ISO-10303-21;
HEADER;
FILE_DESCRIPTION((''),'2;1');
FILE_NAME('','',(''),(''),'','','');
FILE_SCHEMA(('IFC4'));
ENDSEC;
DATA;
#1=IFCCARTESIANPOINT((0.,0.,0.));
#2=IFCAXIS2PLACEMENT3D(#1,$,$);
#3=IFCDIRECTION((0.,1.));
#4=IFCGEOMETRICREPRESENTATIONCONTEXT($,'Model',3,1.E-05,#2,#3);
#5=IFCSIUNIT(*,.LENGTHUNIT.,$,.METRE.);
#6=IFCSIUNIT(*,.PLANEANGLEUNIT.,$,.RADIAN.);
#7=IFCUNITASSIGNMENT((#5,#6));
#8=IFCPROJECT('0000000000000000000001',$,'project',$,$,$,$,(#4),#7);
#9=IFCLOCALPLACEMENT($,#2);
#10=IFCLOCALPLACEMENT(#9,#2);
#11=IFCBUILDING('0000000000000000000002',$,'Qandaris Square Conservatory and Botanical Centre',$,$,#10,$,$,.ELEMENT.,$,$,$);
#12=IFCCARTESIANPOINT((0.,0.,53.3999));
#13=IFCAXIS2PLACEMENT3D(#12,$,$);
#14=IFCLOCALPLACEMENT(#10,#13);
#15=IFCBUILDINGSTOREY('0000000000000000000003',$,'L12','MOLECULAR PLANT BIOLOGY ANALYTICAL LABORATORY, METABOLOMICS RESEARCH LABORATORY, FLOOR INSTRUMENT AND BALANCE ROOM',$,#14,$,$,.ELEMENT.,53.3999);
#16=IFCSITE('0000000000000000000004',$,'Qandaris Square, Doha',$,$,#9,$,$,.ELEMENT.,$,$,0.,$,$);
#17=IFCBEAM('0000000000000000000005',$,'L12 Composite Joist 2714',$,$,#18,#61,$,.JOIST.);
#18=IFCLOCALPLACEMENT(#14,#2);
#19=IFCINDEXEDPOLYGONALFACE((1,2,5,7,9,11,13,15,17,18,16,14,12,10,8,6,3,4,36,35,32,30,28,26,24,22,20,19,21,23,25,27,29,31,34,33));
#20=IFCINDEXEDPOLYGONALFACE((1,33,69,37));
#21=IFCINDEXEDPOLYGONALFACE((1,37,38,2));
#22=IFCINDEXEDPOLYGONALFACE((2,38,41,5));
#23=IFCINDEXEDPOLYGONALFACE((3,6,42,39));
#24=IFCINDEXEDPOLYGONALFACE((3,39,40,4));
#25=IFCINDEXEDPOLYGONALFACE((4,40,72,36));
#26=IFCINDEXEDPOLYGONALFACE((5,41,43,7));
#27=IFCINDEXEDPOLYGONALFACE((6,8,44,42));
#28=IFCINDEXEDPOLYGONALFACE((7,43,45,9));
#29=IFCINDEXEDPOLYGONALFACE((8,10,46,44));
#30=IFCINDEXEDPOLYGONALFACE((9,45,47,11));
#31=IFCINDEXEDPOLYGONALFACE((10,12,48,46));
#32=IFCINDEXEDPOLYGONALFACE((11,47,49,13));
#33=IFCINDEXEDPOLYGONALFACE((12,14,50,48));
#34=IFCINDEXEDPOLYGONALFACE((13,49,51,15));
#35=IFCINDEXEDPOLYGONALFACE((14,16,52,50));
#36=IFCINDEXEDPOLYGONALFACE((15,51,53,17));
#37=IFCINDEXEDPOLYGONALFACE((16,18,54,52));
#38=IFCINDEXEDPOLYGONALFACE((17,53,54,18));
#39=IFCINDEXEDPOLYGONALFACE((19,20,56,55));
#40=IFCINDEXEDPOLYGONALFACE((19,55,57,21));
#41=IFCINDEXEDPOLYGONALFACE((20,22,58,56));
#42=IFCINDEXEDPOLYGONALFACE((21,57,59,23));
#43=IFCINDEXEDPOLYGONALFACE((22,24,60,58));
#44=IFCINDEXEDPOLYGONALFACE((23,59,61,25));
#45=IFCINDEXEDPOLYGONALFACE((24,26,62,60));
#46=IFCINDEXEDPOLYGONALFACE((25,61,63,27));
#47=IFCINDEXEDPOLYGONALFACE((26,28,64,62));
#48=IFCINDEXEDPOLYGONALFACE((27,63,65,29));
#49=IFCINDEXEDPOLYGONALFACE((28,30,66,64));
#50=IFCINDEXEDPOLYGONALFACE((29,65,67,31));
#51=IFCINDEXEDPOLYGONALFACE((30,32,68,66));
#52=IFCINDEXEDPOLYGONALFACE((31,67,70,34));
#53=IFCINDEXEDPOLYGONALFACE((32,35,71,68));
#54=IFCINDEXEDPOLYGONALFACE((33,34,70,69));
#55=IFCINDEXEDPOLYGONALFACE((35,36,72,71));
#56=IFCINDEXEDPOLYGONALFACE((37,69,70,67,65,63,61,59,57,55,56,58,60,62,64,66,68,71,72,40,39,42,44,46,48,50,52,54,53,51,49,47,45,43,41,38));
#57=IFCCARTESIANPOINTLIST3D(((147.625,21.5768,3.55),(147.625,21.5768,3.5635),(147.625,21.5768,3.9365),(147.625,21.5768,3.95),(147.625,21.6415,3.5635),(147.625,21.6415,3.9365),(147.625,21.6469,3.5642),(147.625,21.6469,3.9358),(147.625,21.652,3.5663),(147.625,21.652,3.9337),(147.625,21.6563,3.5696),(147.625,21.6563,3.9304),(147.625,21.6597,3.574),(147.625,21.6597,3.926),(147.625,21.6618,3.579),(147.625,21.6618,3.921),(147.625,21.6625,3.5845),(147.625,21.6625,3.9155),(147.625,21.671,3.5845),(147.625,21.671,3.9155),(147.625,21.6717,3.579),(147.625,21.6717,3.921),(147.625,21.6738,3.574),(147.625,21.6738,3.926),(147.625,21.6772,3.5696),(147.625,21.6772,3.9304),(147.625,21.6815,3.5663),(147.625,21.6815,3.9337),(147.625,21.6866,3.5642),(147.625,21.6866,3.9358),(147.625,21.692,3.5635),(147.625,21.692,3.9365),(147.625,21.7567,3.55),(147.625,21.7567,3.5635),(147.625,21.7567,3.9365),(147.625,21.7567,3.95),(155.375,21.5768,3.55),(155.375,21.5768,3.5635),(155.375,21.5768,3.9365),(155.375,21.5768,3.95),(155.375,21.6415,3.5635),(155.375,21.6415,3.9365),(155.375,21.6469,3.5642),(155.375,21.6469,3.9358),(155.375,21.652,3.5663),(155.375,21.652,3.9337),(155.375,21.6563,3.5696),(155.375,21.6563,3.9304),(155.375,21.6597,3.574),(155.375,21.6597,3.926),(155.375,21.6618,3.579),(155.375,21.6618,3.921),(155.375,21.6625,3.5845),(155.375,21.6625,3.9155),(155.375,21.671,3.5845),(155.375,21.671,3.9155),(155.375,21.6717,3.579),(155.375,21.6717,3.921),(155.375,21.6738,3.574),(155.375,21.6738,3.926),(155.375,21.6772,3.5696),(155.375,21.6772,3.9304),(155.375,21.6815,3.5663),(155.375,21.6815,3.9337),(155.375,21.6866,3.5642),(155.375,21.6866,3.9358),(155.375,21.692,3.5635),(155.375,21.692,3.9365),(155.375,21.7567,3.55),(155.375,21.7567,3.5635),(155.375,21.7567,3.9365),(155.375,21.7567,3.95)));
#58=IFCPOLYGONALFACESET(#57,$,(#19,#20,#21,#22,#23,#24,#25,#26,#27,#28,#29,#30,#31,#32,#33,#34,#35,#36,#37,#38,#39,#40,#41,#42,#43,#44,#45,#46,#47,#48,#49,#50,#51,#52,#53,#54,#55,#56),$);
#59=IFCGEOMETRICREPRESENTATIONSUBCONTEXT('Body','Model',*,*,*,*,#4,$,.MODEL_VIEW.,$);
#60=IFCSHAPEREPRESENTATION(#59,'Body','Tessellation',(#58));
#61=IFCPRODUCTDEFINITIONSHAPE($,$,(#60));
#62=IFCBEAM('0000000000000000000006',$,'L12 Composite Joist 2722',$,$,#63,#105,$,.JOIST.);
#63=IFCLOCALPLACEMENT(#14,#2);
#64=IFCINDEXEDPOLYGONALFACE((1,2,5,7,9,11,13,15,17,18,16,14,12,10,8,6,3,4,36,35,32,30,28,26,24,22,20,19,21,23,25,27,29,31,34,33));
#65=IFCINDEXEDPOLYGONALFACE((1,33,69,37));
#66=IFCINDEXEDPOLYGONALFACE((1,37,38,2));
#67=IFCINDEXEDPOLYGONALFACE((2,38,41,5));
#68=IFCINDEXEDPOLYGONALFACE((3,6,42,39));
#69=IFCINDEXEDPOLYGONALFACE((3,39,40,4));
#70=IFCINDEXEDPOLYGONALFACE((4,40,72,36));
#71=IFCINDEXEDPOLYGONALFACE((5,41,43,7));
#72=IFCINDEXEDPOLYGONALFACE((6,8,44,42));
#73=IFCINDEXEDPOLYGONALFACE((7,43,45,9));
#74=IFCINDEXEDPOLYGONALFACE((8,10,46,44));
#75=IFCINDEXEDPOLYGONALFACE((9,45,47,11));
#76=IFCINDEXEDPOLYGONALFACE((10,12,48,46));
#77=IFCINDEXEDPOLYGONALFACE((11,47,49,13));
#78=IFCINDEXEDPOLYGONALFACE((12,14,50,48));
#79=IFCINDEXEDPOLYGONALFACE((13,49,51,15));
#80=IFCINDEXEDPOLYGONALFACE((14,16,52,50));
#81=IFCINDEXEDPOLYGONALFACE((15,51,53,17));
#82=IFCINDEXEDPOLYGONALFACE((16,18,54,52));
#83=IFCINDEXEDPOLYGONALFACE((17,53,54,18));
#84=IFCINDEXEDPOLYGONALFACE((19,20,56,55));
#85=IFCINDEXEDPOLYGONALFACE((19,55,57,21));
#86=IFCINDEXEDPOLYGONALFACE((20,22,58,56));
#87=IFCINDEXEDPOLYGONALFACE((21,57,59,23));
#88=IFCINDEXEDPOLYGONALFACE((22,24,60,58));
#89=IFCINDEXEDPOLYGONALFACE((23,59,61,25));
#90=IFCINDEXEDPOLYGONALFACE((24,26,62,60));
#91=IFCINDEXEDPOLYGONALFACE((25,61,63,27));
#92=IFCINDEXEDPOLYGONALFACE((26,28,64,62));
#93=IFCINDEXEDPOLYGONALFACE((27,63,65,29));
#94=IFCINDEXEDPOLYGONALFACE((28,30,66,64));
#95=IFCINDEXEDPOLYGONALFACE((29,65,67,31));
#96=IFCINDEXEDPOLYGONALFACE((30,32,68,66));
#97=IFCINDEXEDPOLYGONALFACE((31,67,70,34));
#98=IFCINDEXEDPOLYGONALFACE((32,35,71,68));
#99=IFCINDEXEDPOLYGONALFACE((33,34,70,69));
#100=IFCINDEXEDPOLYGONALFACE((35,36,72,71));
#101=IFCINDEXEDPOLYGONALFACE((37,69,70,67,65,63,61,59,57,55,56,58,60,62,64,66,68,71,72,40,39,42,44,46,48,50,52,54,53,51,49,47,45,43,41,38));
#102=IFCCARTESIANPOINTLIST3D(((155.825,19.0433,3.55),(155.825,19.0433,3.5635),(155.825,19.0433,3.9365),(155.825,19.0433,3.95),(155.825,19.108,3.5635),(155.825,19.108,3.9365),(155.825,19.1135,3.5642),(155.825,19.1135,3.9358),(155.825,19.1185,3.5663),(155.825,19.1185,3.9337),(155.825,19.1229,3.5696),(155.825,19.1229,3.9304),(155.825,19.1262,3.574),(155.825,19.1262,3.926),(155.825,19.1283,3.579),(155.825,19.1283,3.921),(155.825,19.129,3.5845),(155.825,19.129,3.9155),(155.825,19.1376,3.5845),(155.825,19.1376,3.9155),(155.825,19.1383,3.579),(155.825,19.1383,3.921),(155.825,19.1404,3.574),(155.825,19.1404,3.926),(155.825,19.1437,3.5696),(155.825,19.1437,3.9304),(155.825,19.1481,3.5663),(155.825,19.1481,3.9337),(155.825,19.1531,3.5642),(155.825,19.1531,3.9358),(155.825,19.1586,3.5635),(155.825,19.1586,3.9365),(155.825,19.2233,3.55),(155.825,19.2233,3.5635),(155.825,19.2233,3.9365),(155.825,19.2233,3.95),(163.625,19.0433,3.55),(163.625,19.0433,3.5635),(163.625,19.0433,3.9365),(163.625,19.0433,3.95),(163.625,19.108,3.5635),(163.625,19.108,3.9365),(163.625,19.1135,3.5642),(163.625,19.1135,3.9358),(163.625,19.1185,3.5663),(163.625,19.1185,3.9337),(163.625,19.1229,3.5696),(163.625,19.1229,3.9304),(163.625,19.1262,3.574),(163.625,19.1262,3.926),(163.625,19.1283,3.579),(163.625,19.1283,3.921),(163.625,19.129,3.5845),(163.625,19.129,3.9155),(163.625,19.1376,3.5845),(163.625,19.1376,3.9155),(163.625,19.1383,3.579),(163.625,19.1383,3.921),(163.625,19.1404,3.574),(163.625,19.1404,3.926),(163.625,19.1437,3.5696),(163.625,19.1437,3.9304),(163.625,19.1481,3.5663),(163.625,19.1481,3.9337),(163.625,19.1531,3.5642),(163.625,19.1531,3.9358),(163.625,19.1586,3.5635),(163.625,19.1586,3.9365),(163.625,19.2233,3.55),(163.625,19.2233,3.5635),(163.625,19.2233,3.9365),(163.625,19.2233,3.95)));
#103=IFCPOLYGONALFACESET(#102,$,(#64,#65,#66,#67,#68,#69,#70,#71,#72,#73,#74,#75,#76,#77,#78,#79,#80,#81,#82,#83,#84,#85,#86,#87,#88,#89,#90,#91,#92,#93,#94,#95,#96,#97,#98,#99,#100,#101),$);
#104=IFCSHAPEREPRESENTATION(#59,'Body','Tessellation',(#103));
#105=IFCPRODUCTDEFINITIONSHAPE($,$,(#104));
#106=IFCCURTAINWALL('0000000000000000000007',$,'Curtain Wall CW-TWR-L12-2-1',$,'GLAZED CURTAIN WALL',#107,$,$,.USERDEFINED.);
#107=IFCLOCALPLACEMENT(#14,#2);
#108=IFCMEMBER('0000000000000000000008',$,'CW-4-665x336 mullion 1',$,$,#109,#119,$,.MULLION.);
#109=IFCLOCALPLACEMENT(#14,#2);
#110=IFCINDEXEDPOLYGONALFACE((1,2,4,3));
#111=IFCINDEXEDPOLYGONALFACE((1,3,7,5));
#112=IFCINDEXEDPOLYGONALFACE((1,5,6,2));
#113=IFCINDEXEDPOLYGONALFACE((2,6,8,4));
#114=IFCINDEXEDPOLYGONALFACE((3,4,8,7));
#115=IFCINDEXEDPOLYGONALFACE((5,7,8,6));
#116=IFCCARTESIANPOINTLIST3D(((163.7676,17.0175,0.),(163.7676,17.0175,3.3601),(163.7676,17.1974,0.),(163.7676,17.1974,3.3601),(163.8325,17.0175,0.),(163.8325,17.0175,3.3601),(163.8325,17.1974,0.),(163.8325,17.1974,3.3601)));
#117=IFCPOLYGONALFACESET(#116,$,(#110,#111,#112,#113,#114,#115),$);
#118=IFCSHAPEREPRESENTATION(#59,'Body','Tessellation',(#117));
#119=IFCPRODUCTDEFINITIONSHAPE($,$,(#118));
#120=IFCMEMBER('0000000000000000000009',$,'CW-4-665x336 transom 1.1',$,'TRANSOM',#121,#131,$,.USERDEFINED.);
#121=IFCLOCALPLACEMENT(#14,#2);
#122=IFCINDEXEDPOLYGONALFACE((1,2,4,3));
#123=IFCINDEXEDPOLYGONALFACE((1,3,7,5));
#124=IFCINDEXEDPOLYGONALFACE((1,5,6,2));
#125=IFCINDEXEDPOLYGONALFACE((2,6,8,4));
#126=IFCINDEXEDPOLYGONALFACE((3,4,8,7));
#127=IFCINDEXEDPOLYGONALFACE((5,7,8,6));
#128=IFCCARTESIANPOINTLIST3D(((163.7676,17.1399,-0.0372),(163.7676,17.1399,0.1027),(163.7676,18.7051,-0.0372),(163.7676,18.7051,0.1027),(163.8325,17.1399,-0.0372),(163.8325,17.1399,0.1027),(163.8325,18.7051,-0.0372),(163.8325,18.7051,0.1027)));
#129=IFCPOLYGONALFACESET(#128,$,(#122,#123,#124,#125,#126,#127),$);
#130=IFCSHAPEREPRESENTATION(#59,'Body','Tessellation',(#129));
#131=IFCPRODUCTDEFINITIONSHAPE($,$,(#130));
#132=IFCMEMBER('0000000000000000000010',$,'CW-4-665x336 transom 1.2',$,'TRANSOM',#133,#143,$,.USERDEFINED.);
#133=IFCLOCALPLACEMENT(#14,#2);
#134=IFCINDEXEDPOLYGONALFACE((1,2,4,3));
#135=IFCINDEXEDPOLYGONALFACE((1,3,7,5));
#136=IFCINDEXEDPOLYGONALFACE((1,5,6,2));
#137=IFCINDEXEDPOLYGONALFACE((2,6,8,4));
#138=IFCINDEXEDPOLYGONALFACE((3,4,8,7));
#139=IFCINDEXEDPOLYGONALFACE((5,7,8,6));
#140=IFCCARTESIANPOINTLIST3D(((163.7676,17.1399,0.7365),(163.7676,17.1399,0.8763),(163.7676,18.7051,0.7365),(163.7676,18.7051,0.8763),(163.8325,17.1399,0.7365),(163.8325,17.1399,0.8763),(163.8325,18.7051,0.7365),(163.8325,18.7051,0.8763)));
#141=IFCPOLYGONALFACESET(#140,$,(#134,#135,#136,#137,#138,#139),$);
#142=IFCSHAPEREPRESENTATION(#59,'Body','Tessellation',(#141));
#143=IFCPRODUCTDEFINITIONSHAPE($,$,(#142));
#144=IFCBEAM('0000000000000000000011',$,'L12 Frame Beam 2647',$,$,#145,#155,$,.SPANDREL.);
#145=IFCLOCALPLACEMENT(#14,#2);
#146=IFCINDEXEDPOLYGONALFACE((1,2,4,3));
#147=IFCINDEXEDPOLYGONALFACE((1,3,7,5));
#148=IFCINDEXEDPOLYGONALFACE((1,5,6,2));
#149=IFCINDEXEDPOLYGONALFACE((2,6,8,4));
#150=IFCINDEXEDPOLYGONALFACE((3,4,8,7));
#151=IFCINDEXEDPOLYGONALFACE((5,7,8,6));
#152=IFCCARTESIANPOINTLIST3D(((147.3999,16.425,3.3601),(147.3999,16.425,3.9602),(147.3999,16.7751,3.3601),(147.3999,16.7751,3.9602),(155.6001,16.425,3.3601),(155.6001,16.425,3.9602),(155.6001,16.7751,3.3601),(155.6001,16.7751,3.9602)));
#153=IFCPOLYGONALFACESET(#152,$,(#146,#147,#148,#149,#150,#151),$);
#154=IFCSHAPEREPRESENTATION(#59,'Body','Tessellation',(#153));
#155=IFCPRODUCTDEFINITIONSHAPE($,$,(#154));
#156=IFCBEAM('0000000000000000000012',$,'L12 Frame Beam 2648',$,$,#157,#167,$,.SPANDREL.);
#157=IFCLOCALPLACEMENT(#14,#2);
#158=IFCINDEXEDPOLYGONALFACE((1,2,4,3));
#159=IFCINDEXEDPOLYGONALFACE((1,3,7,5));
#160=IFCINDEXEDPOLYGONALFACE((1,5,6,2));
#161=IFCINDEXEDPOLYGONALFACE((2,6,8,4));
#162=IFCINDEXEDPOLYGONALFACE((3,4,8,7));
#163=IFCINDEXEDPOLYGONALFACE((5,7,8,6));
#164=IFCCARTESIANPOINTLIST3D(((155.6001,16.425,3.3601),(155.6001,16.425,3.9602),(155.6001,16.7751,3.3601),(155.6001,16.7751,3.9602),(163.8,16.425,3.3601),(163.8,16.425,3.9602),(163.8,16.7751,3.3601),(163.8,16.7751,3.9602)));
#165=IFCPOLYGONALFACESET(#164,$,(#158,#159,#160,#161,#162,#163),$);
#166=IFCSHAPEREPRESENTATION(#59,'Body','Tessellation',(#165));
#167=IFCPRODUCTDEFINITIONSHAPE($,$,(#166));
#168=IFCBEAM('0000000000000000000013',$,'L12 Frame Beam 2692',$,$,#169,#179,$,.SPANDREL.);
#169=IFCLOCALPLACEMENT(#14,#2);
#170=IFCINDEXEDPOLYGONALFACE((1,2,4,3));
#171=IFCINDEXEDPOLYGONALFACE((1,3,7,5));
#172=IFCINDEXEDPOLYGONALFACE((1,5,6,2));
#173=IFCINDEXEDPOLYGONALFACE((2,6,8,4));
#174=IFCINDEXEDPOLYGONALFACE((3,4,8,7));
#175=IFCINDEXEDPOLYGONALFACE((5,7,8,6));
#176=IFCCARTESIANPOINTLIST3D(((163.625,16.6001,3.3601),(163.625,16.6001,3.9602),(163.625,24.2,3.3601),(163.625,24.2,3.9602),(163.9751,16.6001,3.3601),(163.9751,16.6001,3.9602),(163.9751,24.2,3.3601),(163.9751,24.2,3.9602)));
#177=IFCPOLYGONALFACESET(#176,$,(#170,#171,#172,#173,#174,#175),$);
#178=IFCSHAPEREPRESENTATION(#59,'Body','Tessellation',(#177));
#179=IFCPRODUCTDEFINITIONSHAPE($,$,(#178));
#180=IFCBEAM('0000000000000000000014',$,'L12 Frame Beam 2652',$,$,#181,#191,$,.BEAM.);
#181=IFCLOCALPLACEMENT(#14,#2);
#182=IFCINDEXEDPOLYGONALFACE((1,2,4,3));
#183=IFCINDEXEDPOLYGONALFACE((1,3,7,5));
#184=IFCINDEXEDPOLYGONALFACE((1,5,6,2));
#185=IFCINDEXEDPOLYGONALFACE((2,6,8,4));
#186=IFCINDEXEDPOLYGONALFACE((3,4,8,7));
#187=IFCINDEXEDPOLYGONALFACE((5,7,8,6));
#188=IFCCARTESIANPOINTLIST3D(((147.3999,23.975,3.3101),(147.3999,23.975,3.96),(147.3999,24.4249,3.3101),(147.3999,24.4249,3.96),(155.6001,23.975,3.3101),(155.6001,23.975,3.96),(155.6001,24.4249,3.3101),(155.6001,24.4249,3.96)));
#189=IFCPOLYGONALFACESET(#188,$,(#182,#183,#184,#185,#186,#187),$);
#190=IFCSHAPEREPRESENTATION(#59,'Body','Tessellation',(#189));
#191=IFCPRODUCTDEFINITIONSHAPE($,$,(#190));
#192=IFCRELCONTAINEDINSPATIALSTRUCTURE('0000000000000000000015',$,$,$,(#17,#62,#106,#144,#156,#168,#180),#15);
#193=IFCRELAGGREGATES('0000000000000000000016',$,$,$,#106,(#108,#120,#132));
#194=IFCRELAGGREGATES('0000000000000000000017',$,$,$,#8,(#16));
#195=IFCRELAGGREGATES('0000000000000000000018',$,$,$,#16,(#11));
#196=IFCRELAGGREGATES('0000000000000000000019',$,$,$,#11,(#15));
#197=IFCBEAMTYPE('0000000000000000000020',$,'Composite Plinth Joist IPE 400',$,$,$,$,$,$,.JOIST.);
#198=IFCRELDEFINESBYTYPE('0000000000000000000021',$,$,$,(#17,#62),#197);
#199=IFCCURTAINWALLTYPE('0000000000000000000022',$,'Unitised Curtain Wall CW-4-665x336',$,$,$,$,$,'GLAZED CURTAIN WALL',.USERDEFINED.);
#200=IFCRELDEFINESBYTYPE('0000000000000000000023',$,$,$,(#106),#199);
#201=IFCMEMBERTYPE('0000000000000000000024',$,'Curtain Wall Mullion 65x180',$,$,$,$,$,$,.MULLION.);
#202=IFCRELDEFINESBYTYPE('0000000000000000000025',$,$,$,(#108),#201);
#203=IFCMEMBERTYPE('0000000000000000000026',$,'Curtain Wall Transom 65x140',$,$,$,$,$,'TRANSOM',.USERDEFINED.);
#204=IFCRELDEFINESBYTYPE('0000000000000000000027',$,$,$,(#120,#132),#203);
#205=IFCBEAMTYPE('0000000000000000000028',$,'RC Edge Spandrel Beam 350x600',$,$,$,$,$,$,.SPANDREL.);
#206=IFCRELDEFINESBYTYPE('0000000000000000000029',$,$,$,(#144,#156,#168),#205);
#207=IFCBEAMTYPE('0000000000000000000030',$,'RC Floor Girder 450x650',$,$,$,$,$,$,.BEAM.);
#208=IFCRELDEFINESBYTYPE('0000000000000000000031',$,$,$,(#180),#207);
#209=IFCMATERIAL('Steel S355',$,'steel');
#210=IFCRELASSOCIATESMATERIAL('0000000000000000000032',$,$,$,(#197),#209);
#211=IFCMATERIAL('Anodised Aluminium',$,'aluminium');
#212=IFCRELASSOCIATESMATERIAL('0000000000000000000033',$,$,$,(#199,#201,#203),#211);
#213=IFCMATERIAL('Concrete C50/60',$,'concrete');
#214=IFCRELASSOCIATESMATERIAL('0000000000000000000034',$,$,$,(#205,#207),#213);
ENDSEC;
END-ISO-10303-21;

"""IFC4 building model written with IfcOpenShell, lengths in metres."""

from ifc_helpers import new_model, si_unit, direction, frame, origin, origin_2d, place, context, subcontext, project, spatial, rectangle, i_section, extrude, material, material_profile, profile_set, type_object, element, aggregate, save


model = new_model("IFC4")

# Units and contexts
model_context = context("Model", 3, precision=1e-05, world=origin(), true_north=direction((0.0, 1.0)))
body_context = subcontext(model_context, "Body", "Model", "MODEL_VIEW")
ifc_project = project(units=[si_unit("LENGTHUNIT", "METRE"), si_unit("PLANEANGLEUNIT", "RADIAN")], contexts=[model_context])

# Site, building, storey
site_placement = place(None, origin())
site = spatial("IfcSite", under=ifc_project, at=site_placement, Name="Qandaris Square, Doha", CompositionType="ELEMENT", RefElevation=0.0)
building_placement = place(site_placement, origin())
building = spatial("IfcBuilding", under=site, at=building_placement, Name="Qandaris Square Conservatory and Botanical Centre", CompositionType="ELEMENT")
storey_placement = place(building_placement, frame((0.0, 0.0, 53.3999)))
storey = spatial("IfcBuildingStorey", under=building, at=storey_placement, Name="L12", Description="MOLECULAR PLANT BIOLOGY ANALYTICAL LABORATORY, METABOLOMICS RESEARCH LABORATORY, FLOOR INSTRUMENT AND BALANCE ROOM", CompositionType="ELEMENT", Elevation=53.3999)

# Shared definitions
ifc_material_1 = material(Name="Concrete C50/60", Category="concrete")

# Beams
ifc_material_2 = material(Name="Steel S355", Category="steel")
ifc_material_profile_1 = material_profile(ifc_material_2, i_section(OverallWidth=0.1799, OverallDepth=0.3999, WebThickness=0.0085, FlangeThickness=0.0134, FilletRadius=0.021, at=origin_2d()), Name="IPE 400")
ifc_profile_set_1 = profile_set([ifc_material_profile_1], Name="Steel S355")
beam_type_1 = type_object("IfcBeamType", Name="Composite Plinth Joist IPE 400", PredefinedType="JOIST", material=ifc_profile_set_1)
beam_1_placement = place(storey_placement, frame((147.625, 21.6667, 3.75), z_axis=(1.0, 0.0, 0.0), x_axis=(0.0, 1.0, 0.0)))
element("IfcBeam", 1, at=beam_1_placement, inside=storey, type_object=beam_type_1, Name="L12 Composite Joist 2714", PredefinedType="JOIST", context=body_context, shape_type="SweptSolid", body=[
    extrude(i_section(OverallWidth=0.1799, OverallDepth=0.3999, WebThickness=0.0085, FlangeThickness=0.0134, FilletRadius=0.021, at=origin_2d()), origin(), (0.0, 0.0, 1.0), 7.75),
])
beam_2_placement = place(storey_placement, frame((155.825, 19.1333, 3.75), z_axis=(1.0, 0.0, 0.0), x_axis=(0.0, 1.0, 0.0)))
element("IfcBeam", 2, at=beam_2_placement, inside=storey, type_object=beam_type_1, Name="L12 Composite Joist 2722", PredefinedType="JOIST", context=body_context, shape_type="SweptSolid", body=[
    extrude(i_section(OverallWidth=0.1799, OverallDepth=0.3999, WebThickness=0.0085, FlangeThickness=0.0134, FilletRadius=0.021, at=origin_2d()), origin(), (0.0, 0.0, 1.0), 7.8),
])

# Curtain wall, members
ifc_material_3 = material(Name="Anodised Aluminium", Category="aluminium")
curtain_wall_type = type_object("IfcCurtainWallType", Name="Unitised Curtain Wall CW-4-665x336", ElementType="GLAZED CURTAIN WALL", PredefinedType="USERDEFINED", material=ifc_material_3)
curtain_wall_placement = place(storey_placement, origin())
curtain_wall = element("IfcCurtainWall", 3, at=curtain_wall_placement, inside=storey, type_object=curtain_wall_type, Name="Curtain Wall CW-TWR-L12-2-1", ObjectType="GLAZED CURTAIN WALL", PredefinedType="USERDEFINED")
ifc_material_profile_2 = material_profile(ifc_material_3, rectangle(XDim=0.0649, YDim=0.1799, at=origin_2d()), Name="ALU-MUL 65x180")
ifc_profile_set_2 = profile_set([ifc_material_profile_2], Name="Anodised Aluminium")
member_type_1 = type_object("IfcMemberType", Name="Curtain Wall Mullion 65x180", PredefinedType="MULLION", material=ifc_profile_set_2)
member_1_placement = place(storey_placement, frame((163.8, 17.1074, 0.0), z_axis=(0.0, 0.0, 1.0), x_axis=(-1.0, 0.0, 0.0)))
member_1 = element("IfcMember", 4, at=member_1_placement, type_object=member_type_1, Name="CW-4-665x336 mullion 1", PredefinedType="MULLION", context=body_context, shape_type="SweptSolid", body=[
    extrude(rectangle(XDim=0.0649, YDim=0.1799, at=origin_2d()), origin(), (0.0, 0.0, 1.0), 3.3601),
])
ifc_material_profile_3 = material_profile(ifc_material_3, rectangle(XDim=0.0649, YDim=0.1399, at=origin_2d()), Name="ALU-TRN 65x140")
ifc_profile_set_3 = profile_set([ifc_material_profile_3], Name="Anodised Aluminium")
member_type_2 = type_object("IfcMemberType", Name="Curtain Wall Transom 65x140", ElementType="TRANSOM", PredefinedType="USERDEFINED", material=ifc_profile_set_3)
member_2_placement = place(storey_placement, frame((163.8, 17.1399, 0.0327), z_axis=(0.0, 1.0, 0.0), x_axis=(-1.0, 0.0, 0.0)))
member_2 = element("IfcMember", 5, at=member_2_placement, type_object=member_type_2, Name="CW-4-665x336 transom 1.1", ObjectType="TRANSOM", PredefinedType="USERDEFINED", context=body_context, shape_type="SweptSolid", body=[
    extrude(rectangle(XDim=0.0649, YDim=0.1399, at=origin_2d()), origin(), (0.0, 0.0, 1.0), 1.5652),
])
member_3_placement = place(storey_placement, frame((163.8, 17.1399, 0.8064), z_axis=(0.0, 1.0, 0.0), x_axis=(-1.0, 0.0, 0.0)))
member_3 = element("IfcMember", 6, at=member_3_placement, type_object=member_type_2, Name="CW-4-665x336 transom 1.2", ObjectType="TRANSOM", PredefinedType="USERDEFINED", context=body_context, shape_type="SweptSolid", body=[
    extrude(rectangle(XDim=0.0649, YDim=0.1399, at=origin_2d()), origin(), (0.0, 0.0, 1.0), 1.5652),
])
aggregate(curtain_wall, [member_1, member_2, member_3])

# Beams
ifc_material_profile_4 = material_profile(ifc_material_1, rectangle(XDim=0.3501, YDim=0.6001, at=origin_2d()), Name="RC-SP 350x600")
ifc_profile_set_4 = profile_set([ifc_material_profile_4], Name="Concrete C50/60")
beam_type_2 = type_object("IfcBeamType", Name="RC Edge Spandrel Beam 350x600", PredefinedType="SPANDREL", material=ifc_profile_set_4)
beam_3_placement = place(storey_placement, frame((147.3999, 16.6001, 3.6602), z_axis=(1.0, 0.0, 0.0), x_axis=(0.0, 1.0, 0.0)))
element("IfcBeam", 7, at=beam_3_placement, inside=storey, type_object=beam_type_2, Name="L12 Frame Beam 2647", PredefinedType="SPANDREL", context=body_context, shape_type="SweptSolid", body=[
    extrude(rectangle(XDim=0.3501, YDim=0.6001, at=origin_2d()), origin(), (0.0, 0.0, 1.0), 8.2002),
])
beam_4_placement = place(storey_placement, frame((155.6001, 16.6001, 3.6602), z_axis=(1.0, 0.0, 0.0), x_axis=(0.0, 1.0, 0.0)))
element("IfcBeam", 8, at=beam_4_placement, inside=storey, type_object=beam_type_2, Name="L12 Frame Beam 2648", PredefinedType="SPANDREL", context=body_context, shape_type="SweptSolid", body=[
    extrude(rectangle(XDim=0.3501, YDim=0.6001, at=origin_2d()), origin(), (0.0, 0.0, 1.0), 8.2),
])
beam_5_placement = place(storey_placement, frame((163.8, 16.6001, 3.6602), z_axis=(0.0, 1.0, 0.0), x_axis=(-1.0, 0.0, 0.0)))
element("IfcBeam", 9, at=beam_5_placement, inside=storey, type_object=beam_type_2, Name="L12 Frame Beam 2692", PredefinedType="SPANDREL", context=body_context, shape_type="SweptSolid", body=[
    extrude(rectangle(XDim=0.3501, YDim=0.6001, at=origin_2d()), origin(), (0.0, 0.0, 1.0), 7.5999),
])
ifc_material_profile_5 = material_profile(ifc_material_1, rectangle(XDim=0.45, YDim=0.6499, at=origin_2d()), Name="RC-BM 450x650")
ifc_profile_set_5 = profile_set([ifc_material_profile_5], Name="Concrete C50/60")
beam_type_3 = type_object("IfcBeamType", Name="RC Floor Girder 450x650", PredefinedType="BEAM", material=ifc_profile_set_5)
beam_6_placement = place(storey_placement, frame((147.3999, 24.2, 3.635), z_axis=(1.0, 0.0, 0.0), x_axis=(0.0, 1.0, 0.0)))
element("IfcBeam", 10, at=beam_6_placement, inside=storey, type_object=beam_type_3, Name="L12 Frame Beam 2652", PredefinedType="BEAM", context=body_context, shape_type="SweptSolid", body=[
    extrude(rectangle(XDim=0.45, YDim=0.6499, at=origin_2d()), origin(), (0.0, 0.0, 1.0), 8.2002),
])

save(model, "model.ifc")
